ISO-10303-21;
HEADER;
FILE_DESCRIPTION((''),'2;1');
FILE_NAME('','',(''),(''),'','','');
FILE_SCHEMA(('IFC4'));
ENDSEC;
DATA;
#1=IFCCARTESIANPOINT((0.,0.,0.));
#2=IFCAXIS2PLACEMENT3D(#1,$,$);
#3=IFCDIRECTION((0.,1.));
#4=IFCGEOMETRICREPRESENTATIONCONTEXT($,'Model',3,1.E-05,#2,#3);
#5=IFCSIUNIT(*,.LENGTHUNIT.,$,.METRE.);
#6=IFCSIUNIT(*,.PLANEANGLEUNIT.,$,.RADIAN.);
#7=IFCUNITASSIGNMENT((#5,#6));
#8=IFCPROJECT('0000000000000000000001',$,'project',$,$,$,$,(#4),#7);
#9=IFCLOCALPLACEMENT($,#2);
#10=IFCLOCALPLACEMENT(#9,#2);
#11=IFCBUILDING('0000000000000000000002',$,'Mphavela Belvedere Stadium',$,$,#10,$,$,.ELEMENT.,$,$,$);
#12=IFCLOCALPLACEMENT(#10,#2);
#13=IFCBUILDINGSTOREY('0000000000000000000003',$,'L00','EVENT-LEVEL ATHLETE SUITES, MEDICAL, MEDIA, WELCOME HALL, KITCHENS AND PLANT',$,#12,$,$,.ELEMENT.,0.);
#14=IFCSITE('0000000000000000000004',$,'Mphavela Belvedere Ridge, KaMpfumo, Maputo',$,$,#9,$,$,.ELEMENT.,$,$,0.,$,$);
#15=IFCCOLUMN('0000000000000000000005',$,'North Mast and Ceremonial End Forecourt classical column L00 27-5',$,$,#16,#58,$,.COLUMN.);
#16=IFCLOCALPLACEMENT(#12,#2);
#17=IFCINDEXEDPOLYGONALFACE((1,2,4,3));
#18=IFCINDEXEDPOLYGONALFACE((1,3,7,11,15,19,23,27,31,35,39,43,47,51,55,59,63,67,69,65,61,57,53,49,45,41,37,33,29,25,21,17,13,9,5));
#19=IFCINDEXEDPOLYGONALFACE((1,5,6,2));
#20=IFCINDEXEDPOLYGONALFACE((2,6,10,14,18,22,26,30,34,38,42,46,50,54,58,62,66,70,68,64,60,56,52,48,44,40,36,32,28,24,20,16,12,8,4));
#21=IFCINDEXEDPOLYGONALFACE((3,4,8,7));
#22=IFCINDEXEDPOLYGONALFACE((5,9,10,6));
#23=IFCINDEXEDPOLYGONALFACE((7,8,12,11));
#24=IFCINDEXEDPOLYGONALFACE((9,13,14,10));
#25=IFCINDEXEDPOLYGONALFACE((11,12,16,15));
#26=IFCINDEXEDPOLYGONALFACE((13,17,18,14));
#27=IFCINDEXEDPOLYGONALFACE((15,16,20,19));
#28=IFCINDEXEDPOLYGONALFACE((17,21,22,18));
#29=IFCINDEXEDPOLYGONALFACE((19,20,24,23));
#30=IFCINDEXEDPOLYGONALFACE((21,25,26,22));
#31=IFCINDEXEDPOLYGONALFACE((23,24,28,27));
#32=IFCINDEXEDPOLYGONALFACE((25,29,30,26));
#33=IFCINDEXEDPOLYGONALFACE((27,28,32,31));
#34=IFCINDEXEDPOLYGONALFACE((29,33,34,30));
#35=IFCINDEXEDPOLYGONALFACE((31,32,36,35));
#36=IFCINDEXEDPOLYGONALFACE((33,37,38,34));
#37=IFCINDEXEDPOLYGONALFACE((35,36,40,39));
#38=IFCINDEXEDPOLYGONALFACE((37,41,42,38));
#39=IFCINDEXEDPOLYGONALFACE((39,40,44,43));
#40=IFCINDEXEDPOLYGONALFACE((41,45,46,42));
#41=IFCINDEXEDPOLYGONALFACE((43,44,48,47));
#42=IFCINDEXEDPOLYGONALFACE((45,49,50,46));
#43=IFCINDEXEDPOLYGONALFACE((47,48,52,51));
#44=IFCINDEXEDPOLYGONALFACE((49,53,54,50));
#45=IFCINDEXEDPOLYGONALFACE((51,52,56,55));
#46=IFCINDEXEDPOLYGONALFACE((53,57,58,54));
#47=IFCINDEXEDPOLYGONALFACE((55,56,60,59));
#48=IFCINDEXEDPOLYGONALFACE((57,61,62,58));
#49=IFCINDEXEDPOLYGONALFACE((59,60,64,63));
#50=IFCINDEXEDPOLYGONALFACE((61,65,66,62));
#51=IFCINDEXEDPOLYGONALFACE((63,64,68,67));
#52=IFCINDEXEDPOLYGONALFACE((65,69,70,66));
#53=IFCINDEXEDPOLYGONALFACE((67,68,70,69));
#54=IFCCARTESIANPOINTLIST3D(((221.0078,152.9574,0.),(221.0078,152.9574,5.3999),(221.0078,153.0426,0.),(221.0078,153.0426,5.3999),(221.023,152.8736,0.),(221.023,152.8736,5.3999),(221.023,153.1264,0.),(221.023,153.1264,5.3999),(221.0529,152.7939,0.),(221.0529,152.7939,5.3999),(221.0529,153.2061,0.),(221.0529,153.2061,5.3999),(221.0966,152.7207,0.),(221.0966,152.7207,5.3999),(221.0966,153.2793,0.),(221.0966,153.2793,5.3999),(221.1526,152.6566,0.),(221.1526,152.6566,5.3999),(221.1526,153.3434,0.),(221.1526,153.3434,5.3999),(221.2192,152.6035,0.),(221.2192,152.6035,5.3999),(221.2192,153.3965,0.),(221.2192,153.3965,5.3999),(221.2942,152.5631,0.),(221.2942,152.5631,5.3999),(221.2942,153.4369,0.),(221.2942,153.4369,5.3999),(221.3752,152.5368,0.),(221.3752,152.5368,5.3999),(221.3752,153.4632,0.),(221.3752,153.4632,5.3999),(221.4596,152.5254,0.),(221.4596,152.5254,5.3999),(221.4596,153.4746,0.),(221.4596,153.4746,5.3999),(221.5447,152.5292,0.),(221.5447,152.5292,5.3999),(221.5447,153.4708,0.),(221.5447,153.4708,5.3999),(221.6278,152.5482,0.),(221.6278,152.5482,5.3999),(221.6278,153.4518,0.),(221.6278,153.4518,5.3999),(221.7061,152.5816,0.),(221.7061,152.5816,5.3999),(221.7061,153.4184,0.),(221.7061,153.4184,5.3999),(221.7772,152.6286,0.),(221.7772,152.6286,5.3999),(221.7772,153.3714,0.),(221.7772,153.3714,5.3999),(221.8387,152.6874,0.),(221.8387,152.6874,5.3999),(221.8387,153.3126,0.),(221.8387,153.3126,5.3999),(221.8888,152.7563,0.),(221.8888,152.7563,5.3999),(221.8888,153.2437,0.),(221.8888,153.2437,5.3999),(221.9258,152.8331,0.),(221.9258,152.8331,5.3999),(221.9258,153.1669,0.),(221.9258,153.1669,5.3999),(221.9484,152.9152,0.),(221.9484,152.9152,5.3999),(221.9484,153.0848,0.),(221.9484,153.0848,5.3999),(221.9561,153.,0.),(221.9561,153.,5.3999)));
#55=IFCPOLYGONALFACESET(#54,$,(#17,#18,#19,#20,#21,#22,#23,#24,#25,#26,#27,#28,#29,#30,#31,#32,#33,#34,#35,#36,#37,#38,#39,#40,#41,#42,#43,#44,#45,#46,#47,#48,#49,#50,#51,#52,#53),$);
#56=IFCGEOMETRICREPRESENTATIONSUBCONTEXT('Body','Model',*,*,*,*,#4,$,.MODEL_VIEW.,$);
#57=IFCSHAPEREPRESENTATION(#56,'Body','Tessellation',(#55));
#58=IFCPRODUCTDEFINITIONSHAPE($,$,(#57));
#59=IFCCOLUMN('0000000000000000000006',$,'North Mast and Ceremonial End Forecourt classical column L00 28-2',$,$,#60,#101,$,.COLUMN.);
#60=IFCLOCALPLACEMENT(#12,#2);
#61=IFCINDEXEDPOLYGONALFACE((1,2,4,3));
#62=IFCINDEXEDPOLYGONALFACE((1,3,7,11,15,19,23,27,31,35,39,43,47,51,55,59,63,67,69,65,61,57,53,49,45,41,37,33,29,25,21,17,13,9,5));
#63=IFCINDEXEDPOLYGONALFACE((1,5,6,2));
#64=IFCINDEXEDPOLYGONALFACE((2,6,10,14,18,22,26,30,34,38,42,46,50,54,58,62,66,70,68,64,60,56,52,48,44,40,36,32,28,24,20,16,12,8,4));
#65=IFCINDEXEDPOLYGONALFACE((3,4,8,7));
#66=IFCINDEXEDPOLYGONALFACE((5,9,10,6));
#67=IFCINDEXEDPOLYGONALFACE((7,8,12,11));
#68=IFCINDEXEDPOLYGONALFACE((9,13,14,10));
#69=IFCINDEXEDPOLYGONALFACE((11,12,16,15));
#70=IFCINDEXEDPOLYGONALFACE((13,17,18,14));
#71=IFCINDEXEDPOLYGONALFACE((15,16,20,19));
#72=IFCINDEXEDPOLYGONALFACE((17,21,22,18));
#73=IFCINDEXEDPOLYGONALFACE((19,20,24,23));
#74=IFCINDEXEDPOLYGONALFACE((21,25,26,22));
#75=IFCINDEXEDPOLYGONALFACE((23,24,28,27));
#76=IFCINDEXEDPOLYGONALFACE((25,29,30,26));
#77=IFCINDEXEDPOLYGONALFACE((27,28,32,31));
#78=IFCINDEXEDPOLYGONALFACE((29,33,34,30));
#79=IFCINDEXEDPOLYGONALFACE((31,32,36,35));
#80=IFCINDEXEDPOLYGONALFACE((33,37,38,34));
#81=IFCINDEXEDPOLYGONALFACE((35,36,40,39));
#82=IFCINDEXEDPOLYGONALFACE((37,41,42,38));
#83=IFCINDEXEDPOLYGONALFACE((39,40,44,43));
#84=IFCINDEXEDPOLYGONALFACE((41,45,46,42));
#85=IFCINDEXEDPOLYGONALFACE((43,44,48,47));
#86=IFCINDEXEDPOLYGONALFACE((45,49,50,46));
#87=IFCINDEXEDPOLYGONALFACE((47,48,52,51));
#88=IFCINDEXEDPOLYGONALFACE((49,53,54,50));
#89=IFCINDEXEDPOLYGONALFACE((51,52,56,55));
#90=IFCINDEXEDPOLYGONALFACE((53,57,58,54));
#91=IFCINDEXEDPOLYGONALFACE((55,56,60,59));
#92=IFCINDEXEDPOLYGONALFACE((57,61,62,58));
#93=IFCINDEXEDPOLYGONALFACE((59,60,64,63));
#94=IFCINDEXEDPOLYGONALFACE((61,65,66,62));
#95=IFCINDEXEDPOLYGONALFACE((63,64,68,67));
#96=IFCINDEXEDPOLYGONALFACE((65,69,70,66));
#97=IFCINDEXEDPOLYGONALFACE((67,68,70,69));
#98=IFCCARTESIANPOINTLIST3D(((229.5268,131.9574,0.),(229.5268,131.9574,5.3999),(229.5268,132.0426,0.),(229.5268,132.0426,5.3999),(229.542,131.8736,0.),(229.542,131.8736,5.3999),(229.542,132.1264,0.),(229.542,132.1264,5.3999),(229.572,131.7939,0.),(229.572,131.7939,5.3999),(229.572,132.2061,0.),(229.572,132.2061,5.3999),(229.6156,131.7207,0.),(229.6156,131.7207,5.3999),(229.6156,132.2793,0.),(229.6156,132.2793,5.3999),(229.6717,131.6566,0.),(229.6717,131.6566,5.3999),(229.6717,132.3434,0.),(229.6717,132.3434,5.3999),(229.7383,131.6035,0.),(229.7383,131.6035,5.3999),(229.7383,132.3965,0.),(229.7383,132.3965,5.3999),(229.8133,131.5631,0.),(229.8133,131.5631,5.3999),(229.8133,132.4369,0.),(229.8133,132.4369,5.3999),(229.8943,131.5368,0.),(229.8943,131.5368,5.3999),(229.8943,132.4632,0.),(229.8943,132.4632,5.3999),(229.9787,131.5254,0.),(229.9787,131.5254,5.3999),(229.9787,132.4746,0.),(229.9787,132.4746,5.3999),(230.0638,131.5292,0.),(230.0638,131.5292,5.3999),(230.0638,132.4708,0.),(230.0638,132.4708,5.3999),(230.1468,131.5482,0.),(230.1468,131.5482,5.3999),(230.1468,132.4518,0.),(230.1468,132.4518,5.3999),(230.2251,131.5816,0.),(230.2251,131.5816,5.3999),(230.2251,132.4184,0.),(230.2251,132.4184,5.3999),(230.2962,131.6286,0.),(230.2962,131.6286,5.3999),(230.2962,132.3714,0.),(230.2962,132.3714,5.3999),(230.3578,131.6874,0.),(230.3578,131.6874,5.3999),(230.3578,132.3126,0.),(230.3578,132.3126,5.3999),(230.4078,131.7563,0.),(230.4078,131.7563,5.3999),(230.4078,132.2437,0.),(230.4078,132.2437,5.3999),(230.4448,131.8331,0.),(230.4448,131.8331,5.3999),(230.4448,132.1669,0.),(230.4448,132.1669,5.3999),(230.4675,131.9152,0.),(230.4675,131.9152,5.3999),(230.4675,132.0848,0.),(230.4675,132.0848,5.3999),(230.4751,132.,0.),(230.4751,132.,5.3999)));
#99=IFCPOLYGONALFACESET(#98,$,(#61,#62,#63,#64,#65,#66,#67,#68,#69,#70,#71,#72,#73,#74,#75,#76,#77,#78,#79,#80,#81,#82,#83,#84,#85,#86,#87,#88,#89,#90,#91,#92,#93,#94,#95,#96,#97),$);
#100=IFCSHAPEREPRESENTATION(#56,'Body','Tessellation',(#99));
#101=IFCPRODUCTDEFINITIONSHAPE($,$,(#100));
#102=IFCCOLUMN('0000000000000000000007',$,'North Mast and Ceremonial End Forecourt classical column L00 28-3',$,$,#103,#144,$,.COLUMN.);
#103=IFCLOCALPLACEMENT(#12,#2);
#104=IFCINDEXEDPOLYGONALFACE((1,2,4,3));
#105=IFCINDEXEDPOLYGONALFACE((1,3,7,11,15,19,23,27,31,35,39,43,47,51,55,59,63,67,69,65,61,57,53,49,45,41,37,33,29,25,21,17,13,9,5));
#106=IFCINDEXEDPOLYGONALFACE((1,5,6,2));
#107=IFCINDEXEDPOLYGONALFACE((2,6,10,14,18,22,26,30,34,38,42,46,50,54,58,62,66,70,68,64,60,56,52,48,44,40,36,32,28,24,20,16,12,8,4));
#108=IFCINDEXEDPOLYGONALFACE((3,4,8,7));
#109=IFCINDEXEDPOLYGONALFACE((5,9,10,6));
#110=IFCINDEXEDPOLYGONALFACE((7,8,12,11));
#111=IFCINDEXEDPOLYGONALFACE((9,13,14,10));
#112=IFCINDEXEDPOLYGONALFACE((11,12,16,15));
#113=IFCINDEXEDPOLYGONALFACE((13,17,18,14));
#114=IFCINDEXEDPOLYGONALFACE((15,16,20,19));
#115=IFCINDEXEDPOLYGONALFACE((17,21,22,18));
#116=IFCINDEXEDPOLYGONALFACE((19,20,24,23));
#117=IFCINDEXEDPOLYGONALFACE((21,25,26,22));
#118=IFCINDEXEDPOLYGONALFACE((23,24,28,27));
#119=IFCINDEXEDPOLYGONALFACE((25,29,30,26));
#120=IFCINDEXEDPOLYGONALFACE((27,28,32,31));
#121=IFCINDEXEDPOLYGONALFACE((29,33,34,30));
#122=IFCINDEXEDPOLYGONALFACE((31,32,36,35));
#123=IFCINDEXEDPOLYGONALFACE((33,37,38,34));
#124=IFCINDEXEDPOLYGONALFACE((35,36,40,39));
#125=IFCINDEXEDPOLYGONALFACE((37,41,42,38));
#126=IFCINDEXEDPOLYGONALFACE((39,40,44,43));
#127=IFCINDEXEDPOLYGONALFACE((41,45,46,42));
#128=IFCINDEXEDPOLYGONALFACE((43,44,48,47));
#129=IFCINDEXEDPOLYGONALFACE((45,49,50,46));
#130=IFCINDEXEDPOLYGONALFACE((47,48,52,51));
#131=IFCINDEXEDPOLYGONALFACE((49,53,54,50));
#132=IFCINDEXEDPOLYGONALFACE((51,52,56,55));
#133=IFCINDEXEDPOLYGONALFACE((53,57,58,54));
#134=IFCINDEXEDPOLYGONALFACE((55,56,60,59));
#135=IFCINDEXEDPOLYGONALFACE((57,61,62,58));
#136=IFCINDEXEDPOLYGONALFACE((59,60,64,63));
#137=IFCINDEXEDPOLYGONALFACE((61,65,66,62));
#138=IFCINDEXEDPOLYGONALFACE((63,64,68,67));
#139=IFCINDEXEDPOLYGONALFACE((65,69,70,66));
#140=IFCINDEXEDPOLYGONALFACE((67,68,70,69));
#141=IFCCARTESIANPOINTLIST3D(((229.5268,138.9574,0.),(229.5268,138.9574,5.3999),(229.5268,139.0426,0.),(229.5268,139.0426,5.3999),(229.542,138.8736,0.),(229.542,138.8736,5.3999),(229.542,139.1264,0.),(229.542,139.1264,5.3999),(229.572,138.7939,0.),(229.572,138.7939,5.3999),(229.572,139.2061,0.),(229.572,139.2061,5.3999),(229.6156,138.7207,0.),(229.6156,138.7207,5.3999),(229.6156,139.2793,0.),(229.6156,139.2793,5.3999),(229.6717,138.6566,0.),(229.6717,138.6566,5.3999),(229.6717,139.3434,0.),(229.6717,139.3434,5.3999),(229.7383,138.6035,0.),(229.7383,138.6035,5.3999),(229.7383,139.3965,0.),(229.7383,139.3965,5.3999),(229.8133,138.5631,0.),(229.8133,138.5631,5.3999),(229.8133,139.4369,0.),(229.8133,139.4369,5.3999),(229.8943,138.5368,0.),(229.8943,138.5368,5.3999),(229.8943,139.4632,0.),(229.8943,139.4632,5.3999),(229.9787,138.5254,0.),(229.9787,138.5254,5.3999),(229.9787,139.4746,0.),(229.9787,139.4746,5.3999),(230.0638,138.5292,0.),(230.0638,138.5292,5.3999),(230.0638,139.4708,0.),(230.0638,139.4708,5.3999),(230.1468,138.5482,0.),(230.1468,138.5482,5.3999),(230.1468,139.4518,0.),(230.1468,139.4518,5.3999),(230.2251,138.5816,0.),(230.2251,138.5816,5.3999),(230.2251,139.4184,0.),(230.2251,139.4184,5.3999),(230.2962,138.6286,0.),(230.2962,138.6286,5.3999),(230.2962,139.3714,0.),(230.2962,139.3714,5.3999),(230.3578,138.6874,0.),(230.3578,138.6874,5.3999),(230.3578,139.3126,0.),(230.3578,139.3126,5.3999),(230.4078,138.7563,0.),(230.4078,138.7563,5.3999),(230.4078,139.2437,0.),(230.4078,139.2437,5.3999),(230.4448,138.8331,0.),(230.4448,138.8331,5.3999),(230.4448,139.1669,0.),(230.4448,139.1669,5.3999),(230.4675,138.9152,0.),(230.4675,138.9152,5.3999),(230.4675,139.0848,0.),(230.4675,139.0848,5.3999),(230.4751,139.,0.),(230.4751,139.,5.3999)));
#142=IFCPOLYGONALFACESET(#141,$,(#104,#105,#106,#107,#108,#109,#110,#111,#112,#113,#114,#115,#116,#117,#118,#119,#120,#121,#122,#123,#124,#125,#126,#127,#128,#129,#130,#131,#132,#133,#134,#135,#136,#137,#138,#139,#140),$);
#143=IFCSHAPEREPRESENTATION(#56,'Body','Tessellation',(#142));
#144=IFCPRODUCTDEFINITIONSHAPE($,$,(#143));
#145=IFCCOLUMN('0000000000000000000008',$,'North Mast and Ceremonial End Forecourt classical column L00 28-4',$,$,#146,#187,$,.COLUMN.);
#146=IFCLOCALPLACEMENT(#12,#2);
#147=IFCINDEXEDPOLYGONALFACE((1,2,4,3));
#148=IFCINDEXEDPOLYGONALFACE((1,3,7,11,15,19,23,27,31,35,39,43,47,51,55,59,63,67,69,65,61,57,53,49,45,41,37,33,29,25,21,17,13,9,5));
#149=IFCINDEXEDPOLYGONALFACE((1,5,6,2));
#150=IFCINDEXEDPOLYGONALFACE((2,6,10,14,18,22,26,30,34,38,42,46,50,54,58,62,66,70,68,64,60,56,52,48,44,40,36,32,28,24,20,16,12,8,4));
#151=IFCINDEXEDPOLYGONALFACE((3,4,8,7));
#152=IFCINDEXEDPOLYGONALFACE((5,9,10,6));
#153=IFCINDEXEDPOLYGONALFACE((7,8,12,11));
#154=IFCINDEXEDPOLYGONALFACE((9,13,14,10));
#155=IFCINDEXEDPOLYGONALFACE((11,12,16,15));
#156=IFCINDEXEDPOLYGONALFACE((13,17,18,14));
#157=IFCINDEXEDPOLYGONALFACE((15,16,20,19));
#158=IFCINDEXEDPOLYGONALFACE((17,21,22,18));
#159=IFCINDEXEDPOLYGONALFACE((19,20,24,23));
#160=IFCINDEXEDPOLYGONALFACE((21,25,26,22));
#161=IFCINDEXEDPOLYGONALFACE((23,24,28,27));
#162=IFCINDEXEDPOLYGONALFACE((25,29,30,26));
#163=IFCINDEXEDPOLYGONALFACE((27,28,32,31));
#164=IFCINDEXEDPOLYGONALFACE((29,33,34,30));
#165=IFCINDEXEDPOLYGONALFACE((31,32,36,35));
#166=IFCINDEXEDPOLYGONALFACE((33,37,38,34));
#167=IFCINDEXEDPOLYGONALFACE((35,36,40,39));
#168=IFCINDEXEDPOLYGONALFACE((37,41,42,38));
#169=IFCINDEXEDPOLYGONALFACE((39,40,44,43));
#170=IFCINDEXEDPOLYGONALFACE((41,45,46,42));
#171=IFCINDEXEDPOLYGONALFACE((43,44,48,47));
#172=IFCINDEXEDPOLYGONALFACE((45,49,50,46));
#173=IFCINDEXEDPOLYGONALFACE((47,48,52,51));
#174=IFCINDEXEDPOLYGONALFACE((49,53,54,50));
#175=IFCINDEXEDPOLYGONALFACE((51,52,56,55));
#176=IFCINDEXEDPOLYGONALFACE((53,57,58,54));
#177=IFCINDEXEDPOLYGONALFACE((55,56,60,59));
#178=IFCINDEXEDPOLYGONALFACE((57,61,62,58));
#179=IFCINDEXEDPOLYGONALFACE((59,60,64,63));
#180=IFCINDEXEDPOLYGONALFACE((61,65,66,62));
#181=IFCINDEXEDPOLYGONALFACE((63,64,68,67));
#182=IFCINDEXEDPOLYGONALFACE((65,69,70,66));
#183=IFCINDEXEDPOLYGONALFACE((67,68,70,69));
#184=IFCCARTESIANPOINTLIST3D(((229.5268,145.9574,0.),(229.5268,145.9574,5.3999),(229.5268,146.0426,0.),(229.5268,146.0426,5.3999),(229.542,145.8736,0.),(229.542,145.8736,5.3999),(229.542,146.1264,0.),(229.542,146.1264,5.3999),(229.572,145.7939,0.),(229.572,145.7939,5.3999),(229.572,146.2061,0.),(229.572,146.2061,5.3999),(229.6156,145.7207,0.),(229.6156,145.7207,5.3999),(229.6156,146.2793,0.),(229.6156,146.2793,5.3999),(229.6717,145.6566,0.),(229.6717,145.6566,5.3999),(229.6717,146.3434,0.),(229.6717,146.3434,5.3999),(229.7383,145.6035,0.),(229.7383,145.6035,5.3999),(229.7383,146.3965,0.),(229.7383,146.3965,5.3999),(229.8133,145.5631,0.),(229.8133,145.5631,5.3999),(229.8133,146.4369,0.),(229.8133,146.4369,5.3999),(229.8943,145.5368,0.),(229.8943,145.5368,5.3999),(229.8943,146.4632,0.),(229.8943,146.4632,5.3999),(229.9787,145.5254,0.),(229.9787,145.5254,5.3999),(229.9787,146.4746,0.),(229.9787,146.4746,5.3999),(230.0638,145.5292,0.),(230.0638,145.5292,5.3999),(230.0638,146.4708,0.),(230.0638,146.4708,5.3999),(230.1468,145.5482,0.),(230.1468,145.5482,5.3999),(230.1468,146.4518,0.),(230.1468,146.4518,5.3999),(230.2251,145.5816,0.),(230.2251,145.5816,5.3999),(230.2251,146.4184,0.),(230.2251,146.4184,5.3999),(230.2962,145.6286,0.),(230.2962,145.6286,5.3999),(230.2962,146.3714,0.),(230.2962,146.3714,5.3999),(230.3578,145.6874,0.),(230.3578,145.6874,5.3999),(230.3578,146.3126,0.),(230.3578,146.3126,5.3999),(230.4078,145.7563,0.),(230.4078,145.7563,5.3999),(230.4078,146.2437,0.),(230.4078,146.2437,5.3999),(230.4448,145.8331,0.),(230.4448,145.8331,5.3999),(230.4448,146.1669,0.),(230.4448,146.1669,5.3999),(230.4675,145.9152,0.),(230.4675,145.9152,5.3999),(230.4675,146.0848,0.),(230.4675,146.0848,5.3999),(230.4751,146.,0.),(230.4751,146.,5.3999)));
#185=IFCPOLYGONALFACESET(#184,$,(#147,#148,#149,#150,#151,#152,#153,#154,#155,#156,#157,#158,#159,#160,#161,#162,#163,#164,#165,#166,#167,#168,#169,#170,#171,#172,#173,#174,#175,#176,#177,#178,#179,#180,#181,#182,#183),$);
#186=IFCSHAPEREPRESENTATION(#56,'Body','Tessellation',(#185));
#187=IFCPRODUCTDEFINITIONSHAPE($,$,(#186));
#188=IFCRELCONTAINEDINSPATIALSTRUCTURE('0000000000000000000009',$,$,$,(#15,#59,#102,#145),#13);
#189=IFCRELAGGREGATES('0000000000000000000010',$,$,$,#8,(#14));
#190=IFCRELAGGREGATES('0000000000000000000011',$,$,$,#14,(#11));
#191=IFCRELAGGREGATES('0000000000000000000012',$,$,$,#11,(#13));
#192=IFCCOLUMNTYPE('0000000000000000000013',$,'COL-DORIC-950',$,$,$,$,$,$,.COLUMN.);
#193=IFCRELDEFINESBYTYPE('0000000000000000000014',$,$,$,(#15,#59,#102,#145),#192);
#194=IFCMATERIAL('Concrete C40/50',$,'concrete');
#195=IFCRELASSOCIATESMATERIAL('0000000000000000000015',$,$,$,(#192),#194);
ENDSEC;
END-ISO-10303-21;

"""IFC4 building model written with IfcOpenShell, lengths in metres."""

from ifc_helpers import new_model, si_unit, direction, frame, origin, origin_2d, place, context, subcontext, project, spatial, circle, extrude, material, material_profile, profile_set, type_object, element, save


model = new_model("IFC4")

# Units and contexts
model_context = context("Model", 3, precision=1e-05, world=origin(), true_north=direction((0.0, 1.0)))
body_context = subcontext(model_context, "Body", "Model", "MODEL_VIEW")
ifc_project = project(units=[si_unit("LENGTHUNIT", "METRE"), si_unit("PLANEANGLEUNIT", "RADIAN")], contexts=[model_context])

# Site, building, storey
site_placement = place(None, origin())
site = spatial("IfcSite", under=ifc_project, at=site_placement, Name="Mphavela Belvedere Ridge, KaMpfumo, Maputo", CompositionType="ELEMENT", RefElevation=0.0)
building_placement = place(site_placement, origin())
building = spatial("IfcBuilding", under=site, at=building_placement, Name="Mphavela Belvedere Stadium", CompositionType="ELEMENT")
storey_placement = place(building_placement, origin())
storey = spatial("IfcBuildingStorey", under=building, at=storey_placement, Name="L00", Description="EVENT-LEVEL ATHLETE SUITES, MEDICAL, MEDIA, WELCOME HALL, KITCHENS AND PLANT", CompositionType="ELEMENT", Elevation=0.0)

# Columns
ifc_material_1 = material(Name="Concrete C40/50", Category="concrete")
ifc_material_profile_1 = material_profile(ifc_material_1, circle(Radius=0.4751, at=origin_2d()), Name="COL D950")
ifc_profile_set_1 = profile_set([ifc_material_profile_1], Name="Concrete C40/50")
column_type = type_object("IfcColumnType", Name="COL-DORIC-950", PredefinedType="COLUMN", material=ifc_profile_set_1)
for number, where, z_axis, x_axis, name in (
    (1, (221.481, 153.0, 0.0), (0.0, 0.0, 1.0), (1.0, 0.0, 0.0), "North Mast and Ceremonial End Forecourt classical column L00 27-5"),
    (2, (230.0, 132.0, 0.0), (0.0, 0.0, 1.0), (1.0, 0.0, 0.0), "North Mast and Ceremonial End Forecourt classical column L00 28-2"),
    (3, (230.0, 139.0, 0.0), (0.0, 0.0, 1.0), (1.0, 0.0, 0.0), "North Mast and Ceremonial End Forecourt classical column L00 28-3"),
    (4, (230.0, 146.0, 0.0), (0.0, 0.0, 1.0), (1.0, 0.0, 0.0), "North Mast and Ceremonial End Forecourt classical column L00 28-4"),
):
    element("IfcColumn", number, at=place(storey_placement, frame(where, z_axis=z_axis, x_axis=x_axis)), inside=storey, type_object=column_type, Name=name, PredefinedType="COLUMN", context=body_context, shape_type="SweptSolid", body=[
        extrude(circle(Radius=0.4751, at=origin_2d()), origin(), (0.0, 0.0, 1.0), 5.3999),
    ])

save(model, "model.ifc")
